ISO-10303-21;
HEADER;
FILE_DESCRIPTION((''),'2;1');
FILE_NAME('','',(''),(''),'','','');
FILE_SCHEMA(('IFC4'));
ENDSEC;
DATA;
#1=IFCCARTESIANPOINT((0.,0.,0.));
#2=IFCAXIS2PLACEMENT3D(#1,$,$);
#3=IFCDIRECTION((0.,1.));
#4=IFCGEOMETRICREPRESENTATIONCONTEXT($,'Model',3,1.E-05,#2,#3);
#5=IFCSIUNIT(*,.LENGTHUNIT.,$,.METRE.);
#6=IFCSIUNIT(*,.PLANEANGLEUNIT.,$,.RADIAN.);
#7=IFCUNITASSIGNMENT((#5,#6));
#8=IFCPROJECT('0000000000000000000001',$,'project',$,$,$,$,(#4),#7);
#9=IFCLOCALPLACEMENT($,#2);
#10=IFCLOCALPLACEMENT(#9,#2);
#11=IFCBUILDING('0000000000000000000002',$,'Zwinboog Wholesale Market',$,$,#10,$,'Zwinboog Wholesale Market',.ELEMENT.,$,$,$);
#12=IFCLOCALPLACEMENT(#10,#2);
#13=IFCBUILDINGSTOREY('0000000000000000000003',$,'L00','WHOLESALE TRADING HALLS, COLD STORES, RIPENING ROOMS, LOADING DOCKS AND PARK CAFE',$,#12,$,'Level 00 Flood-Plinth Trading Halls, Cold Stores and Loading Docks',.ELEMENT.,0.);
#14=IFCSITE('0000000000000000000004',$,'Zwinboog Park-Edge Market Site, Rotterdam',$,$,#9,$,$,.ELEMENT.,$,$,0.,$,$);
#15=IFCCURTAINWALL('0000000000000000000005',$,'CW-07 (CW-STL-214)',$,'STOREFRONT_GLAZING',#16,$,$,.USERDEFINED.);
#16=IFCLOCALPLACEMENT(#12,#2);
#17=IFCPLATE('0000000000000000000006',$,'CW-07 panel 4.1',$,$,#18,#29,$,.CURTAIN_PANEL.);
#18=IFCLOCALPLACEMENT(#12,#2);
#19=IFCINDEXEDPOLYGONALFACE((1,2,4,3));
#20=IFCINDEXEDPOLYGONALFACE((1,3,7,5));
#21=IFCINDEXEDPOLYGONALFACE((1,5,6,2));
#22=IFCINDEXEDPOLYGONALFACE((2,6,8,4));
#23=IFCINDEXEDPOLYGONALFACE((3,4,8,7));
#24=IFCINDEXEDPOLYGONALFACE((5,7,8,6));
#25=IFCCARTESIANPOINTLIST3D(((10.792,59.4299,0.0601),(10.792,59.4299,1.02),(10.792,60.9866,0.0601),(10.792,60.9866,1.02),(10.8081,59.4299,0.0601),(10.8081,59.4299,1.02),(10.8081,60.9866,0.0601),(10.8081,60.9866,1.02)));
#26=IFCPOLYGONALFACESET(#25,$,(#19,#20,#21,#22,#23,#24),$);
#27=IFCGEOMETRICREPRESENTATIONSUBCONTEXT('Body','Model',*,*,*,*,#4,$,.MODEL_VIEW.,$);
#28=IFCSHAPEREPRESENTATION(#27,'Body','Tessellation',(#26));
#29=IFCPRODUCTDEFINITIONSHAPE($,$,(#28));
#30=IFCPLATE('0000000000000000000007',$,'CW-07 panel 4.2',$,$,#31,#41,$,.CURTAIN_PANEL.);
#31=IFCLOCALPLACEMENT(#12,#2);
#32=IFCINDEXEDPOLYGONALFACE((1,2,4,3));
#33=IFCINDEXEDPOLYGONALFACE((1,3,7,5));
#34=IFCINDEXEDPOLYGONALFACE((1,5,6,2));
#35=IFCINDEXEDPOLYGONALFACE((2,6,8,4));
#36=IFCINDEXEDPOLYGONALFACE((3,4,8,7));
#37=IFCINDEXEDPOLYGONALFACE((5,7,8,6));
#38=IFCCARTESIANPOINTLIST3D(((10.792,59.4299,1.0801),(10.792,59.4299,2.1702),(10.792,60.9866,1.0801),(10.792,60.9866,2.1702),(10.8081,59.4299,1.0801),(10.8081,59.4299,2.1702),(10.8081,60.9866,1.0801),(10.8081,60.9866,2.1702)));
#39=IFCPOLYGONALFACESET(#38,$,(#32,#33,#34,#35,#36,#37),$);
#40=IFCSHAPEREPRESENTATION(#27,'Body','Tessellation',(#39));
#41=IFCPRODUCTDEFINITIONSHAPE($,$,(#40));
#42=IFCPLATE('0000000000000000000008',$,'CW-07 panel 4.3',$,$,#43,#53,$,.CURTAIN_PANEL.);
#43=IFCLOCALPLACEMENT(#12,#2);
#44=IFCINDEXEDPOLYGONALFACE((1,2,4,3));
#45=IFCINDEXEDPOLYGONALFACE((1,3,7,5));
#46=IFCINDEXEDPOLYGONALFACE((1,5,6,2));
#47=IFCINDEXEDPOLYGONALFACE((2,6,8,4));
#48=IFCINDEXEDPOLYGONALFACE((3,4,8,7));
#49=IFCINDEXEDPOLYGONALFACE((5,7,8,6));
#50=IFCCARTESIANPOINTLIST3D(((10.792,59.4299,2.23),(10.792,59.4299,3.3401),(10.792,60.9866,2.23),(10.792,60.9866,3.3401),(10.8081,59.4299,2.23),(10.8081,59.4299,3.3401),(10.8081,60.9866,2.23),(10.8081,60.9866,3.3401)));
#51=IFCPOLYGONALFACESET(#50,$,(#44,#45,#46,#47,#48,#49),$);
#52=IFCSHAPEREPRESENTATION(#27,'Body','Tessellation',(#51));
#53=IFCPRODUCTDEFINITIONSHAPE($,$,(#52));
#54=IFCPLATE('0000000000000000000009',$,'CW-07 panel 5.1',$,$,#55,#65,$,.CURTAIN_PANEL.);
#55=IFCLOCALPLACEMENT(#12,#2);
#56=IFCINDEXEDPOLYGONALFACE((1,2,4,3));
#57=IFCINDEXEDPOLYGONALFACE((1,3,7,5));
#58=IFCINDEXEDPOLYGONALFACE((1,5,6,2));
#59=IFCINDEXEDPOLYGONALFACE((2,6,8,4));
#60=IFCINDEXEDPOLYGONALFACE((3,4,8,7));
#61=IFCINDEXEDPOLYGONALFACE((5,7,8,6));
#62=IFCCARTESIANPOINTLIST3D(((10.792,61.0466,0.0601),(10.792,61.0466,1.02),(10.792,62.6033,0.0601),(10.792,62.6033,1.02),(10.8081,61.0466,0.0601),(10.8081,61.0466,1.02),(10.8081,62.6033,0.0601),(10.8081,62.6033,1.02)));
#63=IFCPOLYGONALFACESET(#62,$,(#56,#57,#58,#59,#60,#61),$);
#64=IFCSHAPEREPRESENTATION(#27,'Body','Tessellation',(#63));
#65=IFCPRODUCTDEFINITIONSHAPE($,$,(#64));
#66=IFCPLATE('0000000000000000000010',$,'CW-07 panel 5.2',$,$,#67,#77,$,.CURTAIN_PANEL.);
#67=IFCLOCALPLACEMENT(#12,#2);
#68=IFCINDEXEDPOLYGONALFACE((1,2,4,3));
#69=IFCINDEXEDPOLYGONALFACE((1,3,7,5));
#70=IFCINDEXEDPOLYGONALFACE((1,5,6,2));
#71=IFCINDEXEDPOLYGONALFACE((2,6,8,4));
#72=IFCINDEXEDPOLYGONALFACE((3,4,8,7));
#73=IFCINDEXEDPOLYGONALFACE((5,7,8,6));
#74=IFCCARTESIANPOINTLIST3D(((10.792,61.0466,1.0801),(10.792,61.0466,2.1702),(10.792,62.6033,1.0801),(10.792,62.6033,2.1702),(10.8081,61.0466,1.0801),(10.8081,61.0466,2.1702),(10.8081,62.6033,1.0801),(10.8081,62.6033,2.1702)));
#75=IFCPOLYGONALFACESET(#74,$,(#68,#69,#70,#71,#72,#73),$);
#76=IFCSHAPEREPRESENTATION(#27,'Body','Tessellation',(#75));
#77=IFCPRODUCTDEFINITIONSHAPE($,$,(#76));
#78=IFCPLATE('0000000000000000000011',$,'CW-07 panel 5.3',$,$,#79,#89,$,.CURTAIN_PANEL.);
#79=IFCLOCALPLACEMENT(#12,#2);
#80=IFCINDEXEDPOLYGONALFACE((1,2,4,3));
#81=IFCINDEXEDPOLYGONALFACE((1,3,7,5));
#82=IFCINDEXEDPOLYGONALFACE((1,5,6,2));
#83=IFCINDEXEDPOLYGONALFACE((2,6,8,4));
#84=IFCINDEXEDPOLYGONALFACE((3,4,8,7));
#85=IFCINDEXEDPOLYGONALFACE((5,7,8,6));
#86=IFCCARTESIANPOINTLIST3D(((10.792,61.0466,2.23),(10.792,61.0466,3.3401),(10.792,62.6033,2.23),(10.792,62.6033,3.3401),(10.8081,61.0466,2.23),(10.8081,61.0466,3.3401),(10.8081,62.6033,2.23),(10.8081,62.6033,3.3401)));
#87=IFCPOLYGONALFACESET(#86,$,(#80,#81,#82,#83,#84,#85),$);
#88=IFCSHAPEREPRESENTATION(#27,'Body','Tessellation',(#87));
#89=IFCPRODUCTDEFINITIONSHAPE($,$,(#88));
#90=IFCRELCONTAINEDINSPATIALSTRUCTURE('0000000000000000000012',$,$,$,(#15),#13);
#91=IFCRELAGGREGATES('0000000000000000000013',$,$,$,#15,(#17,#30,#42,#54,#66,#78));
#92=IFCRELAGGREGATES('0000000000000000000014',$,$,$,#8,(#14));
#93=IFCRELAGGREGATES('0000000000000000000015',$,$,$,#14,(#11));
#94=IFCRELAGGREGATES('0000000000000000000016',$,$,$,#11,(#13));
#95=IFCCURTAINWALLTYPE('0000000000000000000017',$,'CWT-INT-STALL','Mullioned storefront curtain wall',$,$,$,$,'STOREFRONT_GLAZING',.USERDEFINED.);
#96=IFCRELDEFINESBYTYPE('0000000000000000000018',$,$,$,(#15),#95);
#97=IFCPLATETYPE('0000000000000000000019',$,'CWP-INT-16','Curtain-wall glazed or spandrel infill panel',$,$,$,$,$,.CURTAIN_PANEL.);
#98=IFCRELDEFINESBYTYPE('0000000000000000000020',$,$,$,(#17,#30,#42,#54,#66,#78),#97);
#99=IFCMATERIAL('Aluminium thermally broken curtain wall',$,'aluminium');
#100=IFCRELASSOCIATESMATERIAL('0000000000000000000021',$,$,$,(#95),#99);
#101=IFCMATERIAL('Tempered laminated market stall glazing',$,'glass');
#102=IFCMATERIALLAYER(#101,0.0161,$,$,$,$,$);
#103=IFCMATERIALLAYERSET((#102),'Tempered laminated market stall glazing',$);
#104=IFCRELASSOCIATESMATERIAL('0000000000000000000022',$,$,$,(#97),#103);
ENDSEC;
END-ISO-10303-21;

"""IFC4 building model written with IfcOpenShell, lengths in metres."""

from ifc_helpers import new_model, si_unit, direction, frame, origin, origin_2d, place, context, subcontext, project, spatial, rectangle, extrude, material, layer, layer_set, type_object, element, aggregate, save


model = new_model("IFC4")

# Units and contexts
model_context = context("Model", 3, precision=1e-05, world=origin(), true_north=direction((0.0, 1.0)))
body_context = subcontext(model_context, "Body", "Model", "MODEL_VIEW")
ifc_project = project(units=[si_unit("LENGTHUNIT", "METRE"), si_unit("PLANEANGLEUNIT", "RADIAN")], contexts=[model_context])

# Site, building, storey
site_placement = place(None, origin())
site = spatial("IfcSite", under=ifc_project, at=site_placement, Name="Zwinboog Park-Edge Market Site, Rotterdam", CompositionType="ELEMENT", RefElevation=0.0)
building_placement = place(site_placement, origin())
building = spatial("IfcBuilding", under=site, at=building_placement, Name="Zwinboog Wholesale Market", LongName="Zwinboog Wholesale Market", CompositionType="ELEMENT")
storey_placement = place(building_placement, origin())
storey = spatial("IfcBuildingStorey", under=building, at=storey_placement, Name="L00", Description="WHOLESALE TRADING HALLS, COLD STORES, RIPENING ROOMS, LOADING DOCKS AND PARK CAFE", LongName="Level 00 Flood-Plinth Trading Halls, Cold Stores and Loading Docks", CompositionType="ELEMENT", Elevation=0.0)

# Curtain wall, plates
ifc_material_1 = material(Name="Aluminium thermally broken curtain wall", Category="aluminium")
curtain_wall_type = type_object("IfcCurtainWallType", Name="CWT-INT-STALL", Description="Mullioned storefront curtain wall", ElementType="STOREFRONT_GLAZING", PredefinedType="USERDEFINED", material=ifc_material_1)
curtain_wall_placement = place(storey_placement, origin())
curtain_wall = element("IfcCurtainWall", 1, at=curtain_wall_placement, inside=storey, type_object=curtain_wall_type, Name="CW-07 (CW-STL-214)", ObjectType="STOREFRONT_GLAZING", PredefinedType="USERDEFINED")
ifc_material_2 = material(Name="Tempered laminated market stall glazing", Category="glass")
ifc_layer = layer(ifc_material_2, 0.0161)
ifc_layer_set = layer_set([ifc_layer], Name="Tempered laminated market stall glazing")
plate_type = type_object("IfcPlateType", Name="CWP-INT-16", Description="Curtain-wall glazed or spandrel infill panel", PredefinedType="CURTAIN_PANEL", material=ifc_layer_set)
plate_1_placement = place(storey_placement, frame((10.8, 60.2083, 0.0601), z_axis=(0.0, 0.0, 1.0), x_axis=(0.0, 1.0, 0.0)))
plate_1 = element("IfcPlate", 2, at=plate_1_placement, type_object=plate_type, Name="CW-07 panel 4.1", PredefinedType="CURTAIN_PANEL", context=body_context, shape_type="SweptSolid", body=[
    extrude(rectangle(XDim=1.5566, YDim=0.0161, at=origin_2d()), origin(), (0.0, 0.0, 1.0), 0.96),
])
plate_2_placement = place(storey_placement, frame((10.8, 60.2083, 1.0801), z_axis=(0.0, 0.0, 1.0), x_axis=(0.0, 1.0, 0.0)))
plate_2 = element("IfcPlate", 3, at=plate_2_placement, type_object=plate_type, Name="CW-07 panel 4.2", PredefinedType="CURTAIN_PANEL", context=body_context, shape_type="SweptSolid", body=[
    extrude(rectangle(XDim=1.5566, YDim=0.0161, at=origin_2d()), origin(), (0.0, 0.0, 1.0), 1.0901),
])
plate_3_placement = place(storey_placement, frame((10.8, 60.2083, 2.23), z_axis=(0.0, 0.0, 1.0), x_axis=(0.0, 1.0, 0.0)))
plate_3 = element("IfcPlate", 4, at=plate_3_placement, type_object=plate_type, Name="CW-07 panel 4.3", PredefinedType="CURTAIN_PANEL", context=body_context, shape_type="SweptSolid", body=[
    extrude(rectangle(XDim=1.5566, YDim=0.0161, at=origin_2d()), origin(), (0.0, 0.0, 1.0), 1.1101),
])
plate_4_placement = place(storey_placement, frame((10.8, 61.825, 0.0601), z_axis=(0.0, 0.0, 1.0), x_axis=(0.0, 1.0, 0.0)))
plate_4 = element("IfcPlate", 5, at=plate_4_placement, type_object=plate_type, Name="CW-07 panel 5.1", PredefinedType="CURTAIN_PANEL", context=body_context, shape_type="SweptSolid", body=[
    extrude(rectangle(XDim=1.5566, YDim=0.0161, at=origin_2d()), origin(), (0.0, 0.0, 1.0), 0.96),
])
plate_5_placement = place(storey_placement, frame((10.8, 61.825, 1.0801), z_axis=(0.0, 0.0, 1.0), x_axis=(0.0, 1.0, 0.0)))
plate_5 = element("IfcPlate", 6, at=plate_5_placement, type_object=plate_type, Name="CW-07 panel 5.2", PredefinedType="CURTAIN_PANEL", context=body_context, shape_type="SweptSolid", body=[
    extrude(rectangle(XDim=1.5566, YDim=0.0161, at=origin_2d()), origin(), (0.0, 0.0, 1.0), 1.0901),
])
plate_6_placement = place(storey_placement, frame((10.8, 61.825, 2.23), z_axis=(0.0, 0.0, 1.0), x_axis=(0.0, 1.0, 0.0)))
plate_6 = element("IfcPlate", 7, at=plate_6_placement, type_object=plate_type, Name="CW-07 panel 5.3", PredefinedType="CURTAIN_PANEL", context=body_context, shape_type="SweptSolid", body=[
    extrude(rectangle(XDim=1.5566, YDim=0.0161, at=origin_2d()), origin(), (0.0, 0.0, 1.0), 1.1101),
])
aggregate(curtain_wall, [plate_1, plate_2, plate_3, plate_4, plate_5, plate_6])

save(model, "model.ifc")
